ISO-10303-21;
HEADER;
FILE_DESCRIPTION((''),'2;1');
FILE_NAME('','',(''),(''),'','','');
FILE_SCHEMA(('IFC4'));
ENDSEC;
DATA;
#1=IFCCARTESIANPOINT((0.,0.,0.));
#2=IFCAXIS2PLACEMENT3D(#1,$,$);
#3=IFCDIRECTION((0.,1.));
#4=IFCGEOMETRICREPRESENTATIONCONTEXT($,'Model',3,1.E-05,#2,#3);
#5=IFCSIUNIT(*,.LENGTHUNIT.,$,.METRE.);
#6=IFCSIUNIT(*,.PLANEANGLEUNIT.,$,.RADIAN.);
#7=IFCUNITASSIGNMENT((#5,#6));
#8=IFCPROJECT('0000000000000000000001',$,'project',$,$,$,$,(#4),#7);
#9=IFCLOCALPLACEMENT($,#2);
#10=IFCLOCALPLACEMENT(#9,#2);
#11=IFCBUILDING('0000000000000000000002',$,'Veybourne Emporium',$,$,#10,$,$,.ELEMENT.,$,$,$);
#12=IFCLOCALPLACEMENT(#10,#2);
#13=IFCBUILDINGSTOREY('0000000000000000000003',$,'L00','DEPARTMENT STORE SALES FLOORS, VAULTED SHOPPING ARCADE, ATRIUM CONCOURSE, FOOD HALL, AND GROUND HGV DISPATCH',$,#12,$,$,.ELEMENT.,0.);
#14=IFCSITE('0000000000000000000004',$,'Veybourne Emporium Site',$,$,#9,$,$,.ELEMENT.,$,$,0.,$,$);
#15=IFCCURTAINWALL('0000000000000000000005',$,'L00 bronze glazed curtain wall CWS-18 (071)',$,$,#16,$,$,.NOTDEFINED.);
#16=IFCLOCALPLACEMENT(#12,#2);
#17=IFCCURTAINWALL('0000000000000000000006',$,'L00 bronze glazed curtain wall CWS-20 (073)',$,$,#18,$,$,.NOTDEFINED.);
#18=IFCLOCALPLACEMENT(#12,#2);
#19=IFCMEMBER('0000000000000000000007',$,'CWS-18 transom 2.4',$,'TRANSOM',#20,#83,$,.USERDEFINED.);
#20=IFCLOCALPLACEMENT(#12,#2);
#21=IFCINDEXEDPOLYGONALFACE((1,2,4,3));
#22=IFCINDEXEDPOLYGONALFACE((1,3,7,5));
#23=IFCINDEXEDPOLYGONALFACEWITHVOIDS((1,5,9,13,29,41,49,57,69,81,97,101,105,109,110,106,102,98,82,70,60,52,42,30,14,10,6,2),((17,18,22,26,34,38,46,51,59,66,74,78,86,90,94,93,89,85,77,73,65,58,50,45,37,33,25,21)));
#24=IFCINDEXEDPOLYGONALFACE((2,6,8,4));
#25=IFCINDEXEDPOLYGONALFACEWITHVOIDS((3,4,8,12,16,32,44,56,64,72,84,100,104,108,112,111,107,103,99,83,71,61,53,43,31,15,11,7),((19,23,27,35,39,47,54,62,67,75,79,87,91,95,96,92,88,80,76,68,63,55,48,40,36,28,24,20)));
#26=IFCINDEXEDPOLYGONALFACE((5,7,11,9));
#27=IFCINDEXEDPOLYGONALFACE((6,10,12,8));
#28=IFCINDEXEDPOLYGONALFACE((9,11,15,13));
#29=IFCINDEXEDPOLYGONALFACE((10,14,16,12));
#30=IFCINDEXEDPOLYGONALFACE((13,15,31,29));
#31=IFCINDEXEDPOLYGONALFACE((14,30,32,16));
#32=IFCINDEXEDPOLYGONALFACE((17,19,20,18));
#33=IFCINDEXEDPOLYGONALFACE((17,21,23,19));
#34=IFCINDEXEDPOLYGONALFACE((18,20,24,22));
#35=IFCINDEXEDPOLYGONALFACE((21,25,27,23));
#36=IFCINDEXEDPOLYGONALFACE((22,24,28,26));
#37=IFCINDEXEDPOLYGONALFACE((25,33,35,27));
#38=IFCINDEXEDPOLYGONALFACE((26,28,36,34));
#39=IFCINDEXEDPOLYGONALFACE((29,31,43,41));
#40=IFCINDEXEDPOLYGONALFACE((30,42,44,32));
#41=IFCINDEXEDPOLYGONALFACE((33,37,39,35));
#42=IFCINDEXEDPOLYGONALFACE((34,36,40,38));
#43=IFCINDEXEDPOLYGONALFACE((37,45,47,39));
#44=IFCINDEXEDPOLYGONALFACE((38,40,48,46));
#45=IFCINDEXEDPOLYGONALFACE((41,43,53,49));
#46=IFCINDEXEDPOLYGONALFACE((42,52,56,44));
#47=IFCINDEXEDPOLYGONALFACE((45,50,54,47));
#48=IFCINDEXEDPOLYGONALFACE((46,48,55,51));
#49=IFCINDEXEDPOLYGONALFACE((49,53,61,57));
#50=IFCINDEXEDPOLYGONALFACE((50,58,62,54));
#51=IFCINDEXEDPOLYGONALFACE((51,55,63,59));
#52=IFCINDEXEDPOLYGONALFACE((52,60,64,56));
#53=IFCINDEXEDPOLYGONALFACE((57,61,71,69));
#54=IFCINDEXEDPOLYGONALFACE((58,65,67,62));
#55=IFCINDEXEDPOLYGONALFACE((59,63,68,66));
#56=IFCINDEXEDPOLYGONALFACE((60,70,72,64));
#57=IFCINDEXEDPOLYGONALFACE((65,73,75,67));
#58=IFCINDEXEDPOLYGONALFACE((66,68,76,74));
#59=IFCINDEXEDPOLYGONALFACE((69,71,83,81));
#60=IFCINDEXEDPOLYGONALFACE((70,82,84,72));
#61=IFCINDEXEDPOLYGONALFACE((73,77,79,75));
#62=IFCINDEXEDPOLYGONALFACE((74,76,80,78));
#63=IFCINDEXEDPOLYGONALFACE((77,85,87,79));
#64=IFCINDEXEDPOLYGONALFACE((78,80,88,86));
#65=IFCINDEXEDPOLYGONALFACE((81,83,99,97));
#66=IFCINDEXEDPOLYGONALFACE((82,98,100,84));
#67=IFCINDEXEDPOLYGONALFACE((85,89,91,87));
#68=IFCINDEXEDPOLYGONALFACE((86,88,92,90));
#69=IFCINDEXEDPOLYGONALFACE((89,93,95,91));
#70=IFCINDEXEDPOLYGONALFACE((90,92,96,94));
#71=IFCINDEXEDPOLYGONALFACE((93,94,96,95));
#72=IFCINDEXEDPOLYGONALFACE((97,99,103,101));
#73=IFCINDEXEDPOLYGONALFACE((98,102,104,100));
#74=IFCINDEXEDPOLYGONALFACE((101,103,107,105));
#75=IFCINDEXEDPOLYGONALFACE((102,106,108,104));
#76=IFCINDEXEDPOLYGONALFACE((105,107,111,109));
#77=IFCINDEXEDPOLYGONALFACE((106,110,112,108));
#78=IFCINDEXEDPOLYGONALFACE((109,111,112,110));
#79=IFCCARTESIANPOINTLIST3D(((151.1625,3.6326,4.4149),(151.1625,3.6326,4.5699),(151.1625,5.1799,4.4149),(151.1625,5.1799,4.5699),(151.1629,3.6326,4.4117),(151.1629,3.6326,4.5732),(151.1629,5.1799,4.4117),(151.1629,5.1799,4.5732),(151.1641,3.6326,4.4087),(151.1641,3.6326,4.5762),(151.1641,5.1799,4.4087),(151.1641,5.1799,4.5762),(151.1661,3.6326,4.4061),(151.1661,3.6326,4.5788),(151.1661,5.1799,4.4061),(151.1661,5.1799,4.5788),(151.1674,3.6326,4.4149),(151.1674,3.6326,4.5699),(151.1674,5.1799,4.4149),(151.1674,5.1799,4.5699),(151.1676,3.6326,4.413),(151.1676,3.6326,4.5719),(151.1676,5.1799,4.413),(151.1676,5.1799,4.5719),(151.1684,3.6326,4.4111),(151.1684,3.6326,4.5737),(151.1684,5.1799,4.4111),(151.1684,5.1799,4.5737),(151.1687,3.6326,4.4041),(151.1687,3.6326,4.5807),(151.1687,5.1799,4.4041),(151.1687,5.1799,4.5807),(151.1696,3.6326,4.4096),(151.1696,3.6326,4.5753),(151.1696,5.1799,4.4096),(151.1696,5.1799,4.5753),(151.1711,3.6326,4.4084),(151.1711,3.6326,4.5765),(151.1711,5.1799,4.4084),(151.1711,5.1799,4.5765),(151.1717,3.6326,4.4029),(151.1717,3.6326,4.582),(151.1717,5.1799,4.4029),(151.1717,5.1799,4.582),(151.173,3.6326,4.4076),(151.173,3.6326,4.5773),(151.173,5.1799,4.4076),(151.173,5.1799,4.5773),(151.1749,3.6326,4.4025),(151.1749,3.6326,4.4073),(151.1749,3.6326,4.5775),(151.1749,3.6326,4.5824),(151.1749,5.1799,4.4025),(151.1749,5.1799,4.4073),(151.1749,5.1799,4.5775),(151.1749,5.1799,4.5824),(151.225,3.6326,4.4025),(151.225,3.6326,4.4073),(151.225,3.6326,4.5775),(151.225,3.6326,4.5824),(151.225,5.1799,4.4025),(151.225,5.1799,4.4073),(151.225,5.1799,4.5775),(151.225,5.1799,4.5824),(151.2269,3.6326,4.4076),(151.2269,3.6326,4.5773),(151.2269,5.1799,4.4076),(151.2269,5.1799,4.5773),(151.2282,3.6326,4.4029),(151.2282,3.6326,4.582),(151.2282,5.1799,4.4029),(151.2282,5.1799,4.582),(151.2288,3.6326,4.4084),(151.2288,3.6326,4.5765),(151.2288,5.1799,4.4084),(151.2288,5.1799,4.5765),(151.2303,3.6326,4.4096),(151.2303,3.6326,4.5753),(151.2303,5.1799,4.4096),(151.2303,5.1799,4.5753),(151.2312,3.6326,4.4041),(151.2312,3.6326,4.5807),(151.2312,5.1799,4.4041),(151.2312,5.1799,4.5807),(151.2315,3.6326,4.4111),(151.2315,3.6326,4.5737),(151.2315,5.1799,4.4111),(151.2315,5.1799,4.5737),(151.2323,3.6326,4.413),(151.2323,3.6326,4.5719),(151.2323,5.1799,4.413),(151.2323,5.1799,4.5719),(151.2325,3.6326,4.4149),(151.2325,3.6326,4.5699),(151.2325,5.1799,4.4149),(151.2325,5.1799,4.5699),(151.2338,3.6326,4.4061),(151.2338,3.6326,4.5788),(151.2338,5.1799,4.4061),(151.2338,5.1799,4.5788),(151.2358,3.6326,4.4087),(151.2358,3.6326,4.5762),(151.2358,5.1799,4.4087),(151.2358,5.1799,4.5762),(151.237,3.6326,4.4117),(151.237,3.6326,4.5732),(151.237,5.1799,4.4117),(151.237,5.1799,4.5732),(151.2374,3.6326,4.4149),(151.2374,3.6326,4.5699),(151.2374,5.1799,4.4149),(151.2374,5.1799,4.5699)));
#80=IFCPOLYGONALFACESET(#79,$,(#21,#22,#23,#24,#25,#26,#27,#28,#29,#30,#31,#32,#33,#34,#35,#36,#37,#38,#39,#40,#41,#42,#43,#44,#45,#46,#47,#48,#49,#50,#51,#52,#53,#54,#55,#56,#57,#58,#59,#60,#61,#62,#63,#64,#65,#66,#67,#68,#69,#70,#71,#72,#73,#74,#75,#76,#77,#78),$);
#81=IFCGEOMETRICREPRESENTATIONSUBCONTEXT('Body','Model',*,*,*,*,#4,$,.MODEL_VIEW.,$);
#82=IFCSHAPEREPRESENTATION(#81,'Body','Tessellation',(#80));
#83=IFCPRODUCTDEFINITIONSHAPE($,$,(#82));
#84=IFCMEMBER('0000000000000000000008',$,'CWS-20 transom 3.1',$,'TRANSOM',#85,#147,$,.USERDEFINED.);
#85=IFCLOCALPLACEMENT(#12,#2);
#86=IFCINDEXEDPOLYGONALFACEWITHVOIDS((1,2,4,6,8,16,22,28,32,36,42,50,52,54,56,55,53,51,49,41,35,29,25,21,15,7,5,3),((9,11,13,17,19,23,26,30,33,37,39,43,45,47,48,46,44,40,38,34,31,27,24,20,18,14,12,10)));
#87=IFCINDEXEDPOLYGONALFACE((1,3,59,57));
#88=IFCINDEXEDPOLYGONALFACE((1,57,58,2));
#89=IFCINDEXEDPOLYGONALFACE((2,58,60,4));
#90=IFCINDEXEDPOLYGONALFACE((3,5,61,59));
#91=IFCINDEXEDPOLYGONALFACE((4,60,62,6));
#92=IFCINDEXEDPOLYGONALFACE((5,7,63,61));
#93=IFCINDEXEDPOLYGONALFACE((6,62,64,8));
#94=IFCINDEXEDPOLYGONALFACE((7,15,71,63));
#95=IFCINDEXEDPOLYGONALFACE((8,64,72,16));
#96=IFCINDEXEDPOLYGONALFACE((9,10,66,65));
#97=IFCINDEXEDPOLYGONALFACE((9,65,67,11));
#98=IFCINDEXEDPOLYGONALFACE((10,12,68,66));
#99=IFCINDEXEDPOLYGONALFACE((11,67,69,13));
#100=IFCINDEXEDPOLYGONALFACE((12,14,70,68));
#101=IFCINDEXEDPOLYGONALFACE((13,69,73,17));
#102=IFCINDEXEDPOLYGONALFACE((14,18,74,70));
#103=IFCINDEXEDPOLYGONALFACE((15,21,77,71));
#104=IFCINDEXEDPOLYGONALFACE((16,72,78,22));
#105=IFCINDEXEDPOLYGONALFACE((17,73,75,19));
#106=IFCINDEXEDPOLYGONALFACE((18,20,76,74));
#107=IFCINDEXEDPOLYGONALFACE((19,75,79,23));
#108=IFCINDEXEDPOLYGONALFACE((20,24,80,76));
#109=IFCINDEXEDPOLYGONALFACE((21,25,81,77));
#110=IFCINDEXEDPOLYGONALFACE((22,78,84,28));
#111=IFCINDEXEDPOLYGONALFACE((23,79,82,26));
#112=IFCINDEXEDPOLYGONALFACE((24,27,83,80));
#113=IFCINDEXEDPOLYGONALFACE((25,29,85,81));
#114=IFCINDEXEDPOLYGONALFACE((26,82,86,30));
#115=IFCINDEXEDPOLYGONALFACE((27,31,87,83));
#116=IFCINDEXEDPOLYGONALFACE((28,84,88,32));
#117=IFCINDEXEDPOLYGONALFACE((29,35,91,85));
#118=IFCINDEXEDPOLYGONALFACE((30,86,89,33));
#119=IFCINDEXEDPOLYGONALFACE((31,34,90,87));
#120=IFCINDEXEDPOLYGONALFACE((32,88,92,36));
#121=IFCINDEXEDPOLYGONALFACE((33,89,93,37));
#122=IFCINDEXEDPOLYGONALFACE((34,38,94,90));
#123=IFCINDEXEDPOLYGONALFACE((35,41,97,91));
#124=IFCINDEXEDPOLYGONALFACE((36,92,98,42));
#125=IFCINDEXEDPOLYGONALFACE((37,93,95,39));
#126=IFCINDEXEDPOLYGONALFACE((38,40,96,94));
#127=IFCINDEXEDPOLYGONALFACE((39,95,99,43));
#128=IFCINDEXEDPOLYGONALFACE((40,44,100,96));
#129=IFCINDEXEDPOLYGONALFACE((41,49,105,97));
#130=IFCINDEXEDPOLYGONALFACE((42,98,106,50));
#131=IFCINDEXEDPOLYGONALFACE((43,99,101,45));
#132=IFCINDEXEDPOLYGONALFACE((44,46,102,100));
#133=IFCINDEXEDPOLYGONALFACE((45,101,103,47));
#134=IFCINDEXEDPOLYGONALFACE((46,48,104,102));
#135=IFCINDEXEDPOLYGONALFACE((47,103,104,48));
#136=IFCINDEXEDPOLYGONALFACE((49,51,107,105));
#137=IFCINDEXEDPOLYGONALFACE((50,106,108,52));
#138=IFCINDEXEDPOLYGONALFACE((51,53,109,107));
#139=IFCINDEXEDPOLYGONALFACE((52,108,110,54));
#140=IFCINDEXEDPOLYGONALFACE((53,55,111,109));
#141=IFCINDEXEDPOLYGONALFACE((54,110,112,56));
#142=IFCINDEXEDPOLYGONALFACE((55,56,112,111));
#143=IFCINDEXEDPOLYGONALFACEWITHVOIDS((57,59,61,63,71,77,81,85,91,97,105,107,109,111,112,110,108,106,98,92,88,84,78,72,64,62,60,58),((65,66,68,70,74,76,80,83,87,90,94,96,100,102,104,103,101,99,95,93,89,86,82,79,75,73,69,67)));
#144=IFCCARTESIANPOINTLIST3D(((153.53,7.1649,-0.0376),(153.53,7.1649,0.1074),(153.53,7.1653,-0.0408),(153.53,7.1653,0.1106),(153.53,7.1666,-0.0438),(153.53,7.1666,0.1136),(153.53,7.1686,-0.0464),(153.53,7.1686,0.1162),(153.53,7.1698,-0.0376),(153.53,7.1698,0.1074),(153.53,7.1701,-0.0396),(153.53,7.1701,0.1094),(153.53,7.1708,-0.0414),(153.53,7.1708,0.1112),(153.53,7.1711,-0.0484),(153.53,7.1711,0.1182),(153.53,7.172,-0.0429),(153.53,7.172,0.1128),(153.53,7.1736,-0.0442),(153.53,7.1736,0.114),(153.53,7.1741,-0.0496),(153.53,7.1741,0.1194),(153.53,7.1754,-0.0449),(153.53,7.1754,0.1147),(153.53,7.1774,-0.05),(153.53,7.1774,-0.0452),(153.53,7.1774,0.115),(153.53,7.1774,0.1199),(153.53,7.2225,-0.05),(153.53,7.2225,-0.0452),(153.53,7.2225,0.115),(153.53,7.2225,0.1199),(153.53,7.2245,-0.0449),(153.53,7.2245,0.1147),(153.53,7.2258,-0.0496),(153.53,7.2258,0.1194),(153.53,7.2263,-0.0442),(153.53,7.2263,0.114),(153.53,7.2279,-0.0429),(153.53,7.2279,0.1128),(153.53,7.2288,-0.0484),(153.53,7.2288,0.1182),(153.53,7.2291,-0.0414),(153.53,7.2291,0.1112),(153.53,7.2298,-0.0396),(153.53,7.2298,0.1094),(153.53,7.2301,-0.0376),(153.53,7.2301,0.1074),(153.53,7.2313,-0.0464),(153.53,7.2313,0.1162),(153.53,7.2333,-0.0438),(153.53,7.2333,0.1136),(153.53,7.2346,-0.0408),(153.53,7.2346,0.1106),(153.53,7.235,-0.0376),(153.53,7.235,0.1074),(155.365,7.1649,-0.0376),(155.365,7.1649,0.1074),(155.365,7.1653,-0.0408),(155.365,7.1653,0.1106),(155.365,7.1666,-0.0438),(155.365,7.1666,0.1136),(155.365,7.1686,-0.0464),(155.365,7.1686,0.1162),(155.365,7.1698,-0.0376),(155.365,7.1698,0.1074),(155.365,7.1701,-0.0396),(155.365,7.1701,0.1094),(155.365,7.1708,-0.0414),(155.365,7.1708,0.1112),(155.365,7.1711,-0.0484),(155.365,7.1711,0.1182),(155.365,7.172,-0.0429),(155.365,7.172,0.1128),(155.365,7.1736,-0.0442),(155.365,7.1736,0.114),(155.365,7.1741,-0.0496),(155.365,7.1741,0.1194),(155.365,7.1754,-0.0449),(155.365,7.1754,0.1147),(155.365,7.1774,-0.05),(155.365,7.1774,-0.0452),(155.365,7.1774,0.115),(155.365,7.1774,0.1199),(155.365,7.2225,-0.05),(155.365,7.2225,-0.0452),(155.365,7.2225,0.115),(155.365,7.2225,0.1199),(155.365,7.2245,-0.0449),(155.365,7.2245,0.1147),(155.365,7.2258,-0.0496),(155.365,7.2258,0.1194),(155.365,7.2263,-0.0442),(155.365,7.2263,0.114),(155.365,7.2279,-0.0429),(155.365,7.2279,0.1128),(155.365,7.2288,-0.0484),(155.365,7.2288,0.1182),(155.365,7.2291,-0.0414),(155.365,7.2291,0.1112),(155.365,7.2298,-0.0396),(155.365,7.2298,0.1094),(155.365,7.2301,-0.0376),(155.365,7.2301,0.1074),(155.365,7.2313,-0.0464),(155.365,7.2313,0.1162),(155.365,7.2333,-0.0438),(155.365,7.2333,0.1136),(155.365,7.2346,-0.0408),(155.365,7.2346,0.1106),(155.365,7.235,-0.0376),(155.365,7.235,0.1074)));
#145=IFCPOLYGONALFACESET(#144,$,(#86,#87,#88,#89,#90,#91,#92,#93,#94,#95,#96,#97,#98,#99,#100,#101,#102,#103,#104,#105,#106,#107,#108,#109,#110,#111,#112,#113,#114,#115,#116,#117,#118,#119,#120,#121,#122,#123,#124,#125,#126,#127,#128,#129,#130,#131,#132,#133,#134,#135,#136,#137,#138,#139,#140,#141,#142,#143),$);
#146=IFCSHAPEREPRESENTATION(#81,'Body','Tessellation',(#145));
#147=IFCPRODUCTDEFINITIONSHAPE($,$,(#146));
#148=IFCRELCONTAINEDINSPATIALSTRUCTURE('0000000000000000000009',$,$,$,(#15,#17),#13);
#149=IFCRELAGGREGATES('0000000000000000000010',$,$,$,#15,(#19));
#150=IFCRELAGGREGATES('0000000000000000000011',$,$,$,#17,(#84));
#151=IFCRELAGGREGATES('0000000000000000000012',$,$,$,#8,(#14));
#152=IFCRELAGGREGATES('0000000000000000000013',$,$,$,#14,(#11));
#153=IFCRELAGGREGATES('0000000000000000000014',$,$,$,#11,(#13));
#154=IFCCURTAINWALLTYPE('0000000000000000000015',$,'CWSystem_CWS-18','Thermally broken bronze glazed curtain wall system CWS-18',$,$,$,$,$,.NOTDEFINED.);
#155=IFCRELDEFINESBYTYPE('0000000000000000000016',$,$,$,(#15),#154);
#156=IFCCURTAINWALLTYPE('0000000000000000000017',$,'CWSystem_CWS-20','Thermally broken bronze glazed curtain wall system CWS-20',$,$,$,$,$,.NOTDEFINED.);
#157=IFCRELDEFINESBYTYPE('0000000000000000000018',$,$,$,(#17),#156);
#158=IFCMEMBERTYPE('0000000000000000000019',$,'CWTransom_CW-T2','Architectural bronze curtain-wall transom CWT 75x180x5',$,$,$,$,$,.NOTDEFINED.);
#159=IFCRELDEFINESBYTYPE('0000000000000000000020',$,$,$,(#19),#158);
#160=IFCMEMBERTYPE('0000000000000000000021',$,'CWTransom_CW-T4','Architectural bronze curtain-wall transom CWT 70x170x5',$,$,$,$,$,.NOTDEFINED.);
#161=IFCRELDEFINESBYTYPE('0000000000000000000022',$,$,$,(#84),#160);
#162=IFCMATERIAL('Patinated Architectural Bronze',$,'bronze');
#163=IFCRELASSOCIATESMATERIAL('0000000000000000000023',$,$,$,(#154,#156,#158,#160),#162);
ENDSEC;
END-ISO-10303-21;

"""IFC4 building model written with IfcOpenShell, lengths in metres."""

from ifc_helpers import new_model, si_unit, direction, frame, origin, origin_2d, place, context, subcontext, project, spatial, hollow_rectangle, extrude, material, material_profile, profile_set, type_object, element, aggregate, save


model = new_model("IFC4")

# Units and contexts
model_context = context("Model", 3, precision=1e-05, world=origin(), true_north=direction((0.0, 1.0)))
body_context = subcontext(model_context, "Body", "Model", "MODEL_VIEW")
ifc_project = project(units=[si_unit("LENGTHUNIT", "METRE"), si_unit("PLANEANGLEUNIT", "RADIAN")], contexts=[model_context])

# Site, building, storey
site_placement = place(None, origin())
site = spatial("IfcSite", under=ifc_project, at=site_placement, Name="Veybourne Emporium Site", CompositionType="ELEMENT", RefElevation=0.0)
building_placement = place(site_placement, origin())
building = spatial("IfcBuilding", under=site, at=building_placement, Name="Veybourne Emporium", CompositionType="ELEMENT")
storey_placement = place(building_placement, origin())
storey = spatial("IfcBuildingStorey", under=building, at=storey_placement, Name="L00", Description="DEPARTMENT STORE SALES FLOORS, VAULTED SHOPPING ARCADE, ATRIUM CONCOURSE, FOOD HALL, AND GROUND HGV DISPATCH", CompositionType="ELEMENT", Elevation=0.0)

# Curtain walls
ifc_material_1 = material(Name="Patinated Architectural Bronze", Category="bronze")
curtain_wall_type_1 = type_object("IfcCurtainWallType", Name="CWSystem_CWS-18", Description="Thermally broken bronze glazed curtain wall system CWS-18", PredefinedType="NOTDEFINED", material=ifc_material_1)
curtain_wall_1_placement = place(storey_placement, origin())
curtain_wall_1 = element("IfcCurtainWall", 1, at=curtain_wall_1_placement, inside=storey, type_object=curtain_wall_type_1, Name="L00 bronze glazed curtain wall CWS-18 (071)", PredefinedType="NOTDEFINED")
curtain_wall_type_2 = type_object("IfcCurtainWallType", Name="CWSystem_CWS-20", Description="Thermally broken bronze glazed curtain wall system CWS-20", PredefinedType="NOTDEFINED", material=ifc_material_1)
curtain_wall_2_placement = place(storey_placement, origin())
curtain_wall_2 = element("IfcCurtainWall", 2, at=curtain_wall_2_placement, inside=storey, type_object=curtain_wall_type_2, Name="L00 bronze glazed curtain wall CWS-20 (073)", PredefinedType="NOTDEFINED")

# Members
ifc_material_profile_1 = material_profile(ifc_material_1, hollow_rectangle(XDim=0.075, YDim=0.1799, WallThickness=0.0049, InnerFilletRadius=0.0076, OuterFilletRadius=0.0125, at=origin_2d()), Name="CWT 75x180x5")
ifc_profile_set_1 = profile_set([ifc_material_profile_1], Name="Patinated Architectural Bronze")
member_type_1 = type_object("IfcMemberType", Name="CWTransom_CW-T2", Description="Architectural bronze curtain-wall transom CWT 75x180x5", PredefinedType="NOTDEFINED", material=ifc_profile_set_1)
member_1_placement = place(storey_placement, frame((151.2, 5.1799, 4.4924), z_axis=(0.0, -1.0, 0.0), x_axis=(1.0, 0.0, 0.0)))
member_1 = element("IfcMember", 3, at=member_1_placement, type_object=member_type_1, Name="CWS-18 transom 2.4", ObjectType="TRANSOM", PredefinedType="USERDEFINED", context=body_context, shape_type="SweptSolid", body=[
    extrude(hollow_rectangle(XDim=0.075, YDim=0.1799, WallThickness=0.0049, InnerFilletRadius=0.0076, OuterFilletRadius=0.0125, at=origin_2d()), origin(), (0.0, 0.0, 1.0), 1.5474),
])
ifc_material_profile_2 = material_profile(ifc_material_1, hollow_rectangle(XDim=0.0701, YDim=0.1699, WallThickness=0.0049, InnerFilletRadius=0.0076, OuterFilletRadius=0.0125, at=origin_2d()), Name="CWT 70x170x5")
ifc_profile_set_2 = profile_set([ifc_material_profile_2], Name="Patinated Architectural Bronze")
member_type_2 = type_object("IfcMemberType", Name="CWTransom_CW-T4", Description="Architectural bronze curtain-wall transom CWT 70x170x5", PredefinedType="NOTDEFINED", material=ifc_profile_set_2)
member_2_placement = place(storey_placement, frame((155.365, 7.2, 0.0349), z_axis=(-1.0, 0.0, 0.0), x_axis=(0.0, -1.0, 0.0)))
member_2 = element("IfcMember", 4, at=member_2_placement, type_object=member_type_2, Name="CWS-20 transom 3.1", ObjectType="TRANSOM", PredefinedType="USERDEFINED", context=body_context, shape_type="SweptSolid", body=[
    extrude(hollow_rectangle(XDim=0.0701, YDim=0.1699, WallThickness=0.0049, InnerFilletRadius=0.0076, OuterFilletRadius=0.0125, at=origin_2d()), origin(), (0.0, 0.0, 1.0), 1.835),
])

aggregate(curtain_wall_1, [member_1])
aggregate(curtain_wall_2, [member_2])

save(model, "model.ifc")
